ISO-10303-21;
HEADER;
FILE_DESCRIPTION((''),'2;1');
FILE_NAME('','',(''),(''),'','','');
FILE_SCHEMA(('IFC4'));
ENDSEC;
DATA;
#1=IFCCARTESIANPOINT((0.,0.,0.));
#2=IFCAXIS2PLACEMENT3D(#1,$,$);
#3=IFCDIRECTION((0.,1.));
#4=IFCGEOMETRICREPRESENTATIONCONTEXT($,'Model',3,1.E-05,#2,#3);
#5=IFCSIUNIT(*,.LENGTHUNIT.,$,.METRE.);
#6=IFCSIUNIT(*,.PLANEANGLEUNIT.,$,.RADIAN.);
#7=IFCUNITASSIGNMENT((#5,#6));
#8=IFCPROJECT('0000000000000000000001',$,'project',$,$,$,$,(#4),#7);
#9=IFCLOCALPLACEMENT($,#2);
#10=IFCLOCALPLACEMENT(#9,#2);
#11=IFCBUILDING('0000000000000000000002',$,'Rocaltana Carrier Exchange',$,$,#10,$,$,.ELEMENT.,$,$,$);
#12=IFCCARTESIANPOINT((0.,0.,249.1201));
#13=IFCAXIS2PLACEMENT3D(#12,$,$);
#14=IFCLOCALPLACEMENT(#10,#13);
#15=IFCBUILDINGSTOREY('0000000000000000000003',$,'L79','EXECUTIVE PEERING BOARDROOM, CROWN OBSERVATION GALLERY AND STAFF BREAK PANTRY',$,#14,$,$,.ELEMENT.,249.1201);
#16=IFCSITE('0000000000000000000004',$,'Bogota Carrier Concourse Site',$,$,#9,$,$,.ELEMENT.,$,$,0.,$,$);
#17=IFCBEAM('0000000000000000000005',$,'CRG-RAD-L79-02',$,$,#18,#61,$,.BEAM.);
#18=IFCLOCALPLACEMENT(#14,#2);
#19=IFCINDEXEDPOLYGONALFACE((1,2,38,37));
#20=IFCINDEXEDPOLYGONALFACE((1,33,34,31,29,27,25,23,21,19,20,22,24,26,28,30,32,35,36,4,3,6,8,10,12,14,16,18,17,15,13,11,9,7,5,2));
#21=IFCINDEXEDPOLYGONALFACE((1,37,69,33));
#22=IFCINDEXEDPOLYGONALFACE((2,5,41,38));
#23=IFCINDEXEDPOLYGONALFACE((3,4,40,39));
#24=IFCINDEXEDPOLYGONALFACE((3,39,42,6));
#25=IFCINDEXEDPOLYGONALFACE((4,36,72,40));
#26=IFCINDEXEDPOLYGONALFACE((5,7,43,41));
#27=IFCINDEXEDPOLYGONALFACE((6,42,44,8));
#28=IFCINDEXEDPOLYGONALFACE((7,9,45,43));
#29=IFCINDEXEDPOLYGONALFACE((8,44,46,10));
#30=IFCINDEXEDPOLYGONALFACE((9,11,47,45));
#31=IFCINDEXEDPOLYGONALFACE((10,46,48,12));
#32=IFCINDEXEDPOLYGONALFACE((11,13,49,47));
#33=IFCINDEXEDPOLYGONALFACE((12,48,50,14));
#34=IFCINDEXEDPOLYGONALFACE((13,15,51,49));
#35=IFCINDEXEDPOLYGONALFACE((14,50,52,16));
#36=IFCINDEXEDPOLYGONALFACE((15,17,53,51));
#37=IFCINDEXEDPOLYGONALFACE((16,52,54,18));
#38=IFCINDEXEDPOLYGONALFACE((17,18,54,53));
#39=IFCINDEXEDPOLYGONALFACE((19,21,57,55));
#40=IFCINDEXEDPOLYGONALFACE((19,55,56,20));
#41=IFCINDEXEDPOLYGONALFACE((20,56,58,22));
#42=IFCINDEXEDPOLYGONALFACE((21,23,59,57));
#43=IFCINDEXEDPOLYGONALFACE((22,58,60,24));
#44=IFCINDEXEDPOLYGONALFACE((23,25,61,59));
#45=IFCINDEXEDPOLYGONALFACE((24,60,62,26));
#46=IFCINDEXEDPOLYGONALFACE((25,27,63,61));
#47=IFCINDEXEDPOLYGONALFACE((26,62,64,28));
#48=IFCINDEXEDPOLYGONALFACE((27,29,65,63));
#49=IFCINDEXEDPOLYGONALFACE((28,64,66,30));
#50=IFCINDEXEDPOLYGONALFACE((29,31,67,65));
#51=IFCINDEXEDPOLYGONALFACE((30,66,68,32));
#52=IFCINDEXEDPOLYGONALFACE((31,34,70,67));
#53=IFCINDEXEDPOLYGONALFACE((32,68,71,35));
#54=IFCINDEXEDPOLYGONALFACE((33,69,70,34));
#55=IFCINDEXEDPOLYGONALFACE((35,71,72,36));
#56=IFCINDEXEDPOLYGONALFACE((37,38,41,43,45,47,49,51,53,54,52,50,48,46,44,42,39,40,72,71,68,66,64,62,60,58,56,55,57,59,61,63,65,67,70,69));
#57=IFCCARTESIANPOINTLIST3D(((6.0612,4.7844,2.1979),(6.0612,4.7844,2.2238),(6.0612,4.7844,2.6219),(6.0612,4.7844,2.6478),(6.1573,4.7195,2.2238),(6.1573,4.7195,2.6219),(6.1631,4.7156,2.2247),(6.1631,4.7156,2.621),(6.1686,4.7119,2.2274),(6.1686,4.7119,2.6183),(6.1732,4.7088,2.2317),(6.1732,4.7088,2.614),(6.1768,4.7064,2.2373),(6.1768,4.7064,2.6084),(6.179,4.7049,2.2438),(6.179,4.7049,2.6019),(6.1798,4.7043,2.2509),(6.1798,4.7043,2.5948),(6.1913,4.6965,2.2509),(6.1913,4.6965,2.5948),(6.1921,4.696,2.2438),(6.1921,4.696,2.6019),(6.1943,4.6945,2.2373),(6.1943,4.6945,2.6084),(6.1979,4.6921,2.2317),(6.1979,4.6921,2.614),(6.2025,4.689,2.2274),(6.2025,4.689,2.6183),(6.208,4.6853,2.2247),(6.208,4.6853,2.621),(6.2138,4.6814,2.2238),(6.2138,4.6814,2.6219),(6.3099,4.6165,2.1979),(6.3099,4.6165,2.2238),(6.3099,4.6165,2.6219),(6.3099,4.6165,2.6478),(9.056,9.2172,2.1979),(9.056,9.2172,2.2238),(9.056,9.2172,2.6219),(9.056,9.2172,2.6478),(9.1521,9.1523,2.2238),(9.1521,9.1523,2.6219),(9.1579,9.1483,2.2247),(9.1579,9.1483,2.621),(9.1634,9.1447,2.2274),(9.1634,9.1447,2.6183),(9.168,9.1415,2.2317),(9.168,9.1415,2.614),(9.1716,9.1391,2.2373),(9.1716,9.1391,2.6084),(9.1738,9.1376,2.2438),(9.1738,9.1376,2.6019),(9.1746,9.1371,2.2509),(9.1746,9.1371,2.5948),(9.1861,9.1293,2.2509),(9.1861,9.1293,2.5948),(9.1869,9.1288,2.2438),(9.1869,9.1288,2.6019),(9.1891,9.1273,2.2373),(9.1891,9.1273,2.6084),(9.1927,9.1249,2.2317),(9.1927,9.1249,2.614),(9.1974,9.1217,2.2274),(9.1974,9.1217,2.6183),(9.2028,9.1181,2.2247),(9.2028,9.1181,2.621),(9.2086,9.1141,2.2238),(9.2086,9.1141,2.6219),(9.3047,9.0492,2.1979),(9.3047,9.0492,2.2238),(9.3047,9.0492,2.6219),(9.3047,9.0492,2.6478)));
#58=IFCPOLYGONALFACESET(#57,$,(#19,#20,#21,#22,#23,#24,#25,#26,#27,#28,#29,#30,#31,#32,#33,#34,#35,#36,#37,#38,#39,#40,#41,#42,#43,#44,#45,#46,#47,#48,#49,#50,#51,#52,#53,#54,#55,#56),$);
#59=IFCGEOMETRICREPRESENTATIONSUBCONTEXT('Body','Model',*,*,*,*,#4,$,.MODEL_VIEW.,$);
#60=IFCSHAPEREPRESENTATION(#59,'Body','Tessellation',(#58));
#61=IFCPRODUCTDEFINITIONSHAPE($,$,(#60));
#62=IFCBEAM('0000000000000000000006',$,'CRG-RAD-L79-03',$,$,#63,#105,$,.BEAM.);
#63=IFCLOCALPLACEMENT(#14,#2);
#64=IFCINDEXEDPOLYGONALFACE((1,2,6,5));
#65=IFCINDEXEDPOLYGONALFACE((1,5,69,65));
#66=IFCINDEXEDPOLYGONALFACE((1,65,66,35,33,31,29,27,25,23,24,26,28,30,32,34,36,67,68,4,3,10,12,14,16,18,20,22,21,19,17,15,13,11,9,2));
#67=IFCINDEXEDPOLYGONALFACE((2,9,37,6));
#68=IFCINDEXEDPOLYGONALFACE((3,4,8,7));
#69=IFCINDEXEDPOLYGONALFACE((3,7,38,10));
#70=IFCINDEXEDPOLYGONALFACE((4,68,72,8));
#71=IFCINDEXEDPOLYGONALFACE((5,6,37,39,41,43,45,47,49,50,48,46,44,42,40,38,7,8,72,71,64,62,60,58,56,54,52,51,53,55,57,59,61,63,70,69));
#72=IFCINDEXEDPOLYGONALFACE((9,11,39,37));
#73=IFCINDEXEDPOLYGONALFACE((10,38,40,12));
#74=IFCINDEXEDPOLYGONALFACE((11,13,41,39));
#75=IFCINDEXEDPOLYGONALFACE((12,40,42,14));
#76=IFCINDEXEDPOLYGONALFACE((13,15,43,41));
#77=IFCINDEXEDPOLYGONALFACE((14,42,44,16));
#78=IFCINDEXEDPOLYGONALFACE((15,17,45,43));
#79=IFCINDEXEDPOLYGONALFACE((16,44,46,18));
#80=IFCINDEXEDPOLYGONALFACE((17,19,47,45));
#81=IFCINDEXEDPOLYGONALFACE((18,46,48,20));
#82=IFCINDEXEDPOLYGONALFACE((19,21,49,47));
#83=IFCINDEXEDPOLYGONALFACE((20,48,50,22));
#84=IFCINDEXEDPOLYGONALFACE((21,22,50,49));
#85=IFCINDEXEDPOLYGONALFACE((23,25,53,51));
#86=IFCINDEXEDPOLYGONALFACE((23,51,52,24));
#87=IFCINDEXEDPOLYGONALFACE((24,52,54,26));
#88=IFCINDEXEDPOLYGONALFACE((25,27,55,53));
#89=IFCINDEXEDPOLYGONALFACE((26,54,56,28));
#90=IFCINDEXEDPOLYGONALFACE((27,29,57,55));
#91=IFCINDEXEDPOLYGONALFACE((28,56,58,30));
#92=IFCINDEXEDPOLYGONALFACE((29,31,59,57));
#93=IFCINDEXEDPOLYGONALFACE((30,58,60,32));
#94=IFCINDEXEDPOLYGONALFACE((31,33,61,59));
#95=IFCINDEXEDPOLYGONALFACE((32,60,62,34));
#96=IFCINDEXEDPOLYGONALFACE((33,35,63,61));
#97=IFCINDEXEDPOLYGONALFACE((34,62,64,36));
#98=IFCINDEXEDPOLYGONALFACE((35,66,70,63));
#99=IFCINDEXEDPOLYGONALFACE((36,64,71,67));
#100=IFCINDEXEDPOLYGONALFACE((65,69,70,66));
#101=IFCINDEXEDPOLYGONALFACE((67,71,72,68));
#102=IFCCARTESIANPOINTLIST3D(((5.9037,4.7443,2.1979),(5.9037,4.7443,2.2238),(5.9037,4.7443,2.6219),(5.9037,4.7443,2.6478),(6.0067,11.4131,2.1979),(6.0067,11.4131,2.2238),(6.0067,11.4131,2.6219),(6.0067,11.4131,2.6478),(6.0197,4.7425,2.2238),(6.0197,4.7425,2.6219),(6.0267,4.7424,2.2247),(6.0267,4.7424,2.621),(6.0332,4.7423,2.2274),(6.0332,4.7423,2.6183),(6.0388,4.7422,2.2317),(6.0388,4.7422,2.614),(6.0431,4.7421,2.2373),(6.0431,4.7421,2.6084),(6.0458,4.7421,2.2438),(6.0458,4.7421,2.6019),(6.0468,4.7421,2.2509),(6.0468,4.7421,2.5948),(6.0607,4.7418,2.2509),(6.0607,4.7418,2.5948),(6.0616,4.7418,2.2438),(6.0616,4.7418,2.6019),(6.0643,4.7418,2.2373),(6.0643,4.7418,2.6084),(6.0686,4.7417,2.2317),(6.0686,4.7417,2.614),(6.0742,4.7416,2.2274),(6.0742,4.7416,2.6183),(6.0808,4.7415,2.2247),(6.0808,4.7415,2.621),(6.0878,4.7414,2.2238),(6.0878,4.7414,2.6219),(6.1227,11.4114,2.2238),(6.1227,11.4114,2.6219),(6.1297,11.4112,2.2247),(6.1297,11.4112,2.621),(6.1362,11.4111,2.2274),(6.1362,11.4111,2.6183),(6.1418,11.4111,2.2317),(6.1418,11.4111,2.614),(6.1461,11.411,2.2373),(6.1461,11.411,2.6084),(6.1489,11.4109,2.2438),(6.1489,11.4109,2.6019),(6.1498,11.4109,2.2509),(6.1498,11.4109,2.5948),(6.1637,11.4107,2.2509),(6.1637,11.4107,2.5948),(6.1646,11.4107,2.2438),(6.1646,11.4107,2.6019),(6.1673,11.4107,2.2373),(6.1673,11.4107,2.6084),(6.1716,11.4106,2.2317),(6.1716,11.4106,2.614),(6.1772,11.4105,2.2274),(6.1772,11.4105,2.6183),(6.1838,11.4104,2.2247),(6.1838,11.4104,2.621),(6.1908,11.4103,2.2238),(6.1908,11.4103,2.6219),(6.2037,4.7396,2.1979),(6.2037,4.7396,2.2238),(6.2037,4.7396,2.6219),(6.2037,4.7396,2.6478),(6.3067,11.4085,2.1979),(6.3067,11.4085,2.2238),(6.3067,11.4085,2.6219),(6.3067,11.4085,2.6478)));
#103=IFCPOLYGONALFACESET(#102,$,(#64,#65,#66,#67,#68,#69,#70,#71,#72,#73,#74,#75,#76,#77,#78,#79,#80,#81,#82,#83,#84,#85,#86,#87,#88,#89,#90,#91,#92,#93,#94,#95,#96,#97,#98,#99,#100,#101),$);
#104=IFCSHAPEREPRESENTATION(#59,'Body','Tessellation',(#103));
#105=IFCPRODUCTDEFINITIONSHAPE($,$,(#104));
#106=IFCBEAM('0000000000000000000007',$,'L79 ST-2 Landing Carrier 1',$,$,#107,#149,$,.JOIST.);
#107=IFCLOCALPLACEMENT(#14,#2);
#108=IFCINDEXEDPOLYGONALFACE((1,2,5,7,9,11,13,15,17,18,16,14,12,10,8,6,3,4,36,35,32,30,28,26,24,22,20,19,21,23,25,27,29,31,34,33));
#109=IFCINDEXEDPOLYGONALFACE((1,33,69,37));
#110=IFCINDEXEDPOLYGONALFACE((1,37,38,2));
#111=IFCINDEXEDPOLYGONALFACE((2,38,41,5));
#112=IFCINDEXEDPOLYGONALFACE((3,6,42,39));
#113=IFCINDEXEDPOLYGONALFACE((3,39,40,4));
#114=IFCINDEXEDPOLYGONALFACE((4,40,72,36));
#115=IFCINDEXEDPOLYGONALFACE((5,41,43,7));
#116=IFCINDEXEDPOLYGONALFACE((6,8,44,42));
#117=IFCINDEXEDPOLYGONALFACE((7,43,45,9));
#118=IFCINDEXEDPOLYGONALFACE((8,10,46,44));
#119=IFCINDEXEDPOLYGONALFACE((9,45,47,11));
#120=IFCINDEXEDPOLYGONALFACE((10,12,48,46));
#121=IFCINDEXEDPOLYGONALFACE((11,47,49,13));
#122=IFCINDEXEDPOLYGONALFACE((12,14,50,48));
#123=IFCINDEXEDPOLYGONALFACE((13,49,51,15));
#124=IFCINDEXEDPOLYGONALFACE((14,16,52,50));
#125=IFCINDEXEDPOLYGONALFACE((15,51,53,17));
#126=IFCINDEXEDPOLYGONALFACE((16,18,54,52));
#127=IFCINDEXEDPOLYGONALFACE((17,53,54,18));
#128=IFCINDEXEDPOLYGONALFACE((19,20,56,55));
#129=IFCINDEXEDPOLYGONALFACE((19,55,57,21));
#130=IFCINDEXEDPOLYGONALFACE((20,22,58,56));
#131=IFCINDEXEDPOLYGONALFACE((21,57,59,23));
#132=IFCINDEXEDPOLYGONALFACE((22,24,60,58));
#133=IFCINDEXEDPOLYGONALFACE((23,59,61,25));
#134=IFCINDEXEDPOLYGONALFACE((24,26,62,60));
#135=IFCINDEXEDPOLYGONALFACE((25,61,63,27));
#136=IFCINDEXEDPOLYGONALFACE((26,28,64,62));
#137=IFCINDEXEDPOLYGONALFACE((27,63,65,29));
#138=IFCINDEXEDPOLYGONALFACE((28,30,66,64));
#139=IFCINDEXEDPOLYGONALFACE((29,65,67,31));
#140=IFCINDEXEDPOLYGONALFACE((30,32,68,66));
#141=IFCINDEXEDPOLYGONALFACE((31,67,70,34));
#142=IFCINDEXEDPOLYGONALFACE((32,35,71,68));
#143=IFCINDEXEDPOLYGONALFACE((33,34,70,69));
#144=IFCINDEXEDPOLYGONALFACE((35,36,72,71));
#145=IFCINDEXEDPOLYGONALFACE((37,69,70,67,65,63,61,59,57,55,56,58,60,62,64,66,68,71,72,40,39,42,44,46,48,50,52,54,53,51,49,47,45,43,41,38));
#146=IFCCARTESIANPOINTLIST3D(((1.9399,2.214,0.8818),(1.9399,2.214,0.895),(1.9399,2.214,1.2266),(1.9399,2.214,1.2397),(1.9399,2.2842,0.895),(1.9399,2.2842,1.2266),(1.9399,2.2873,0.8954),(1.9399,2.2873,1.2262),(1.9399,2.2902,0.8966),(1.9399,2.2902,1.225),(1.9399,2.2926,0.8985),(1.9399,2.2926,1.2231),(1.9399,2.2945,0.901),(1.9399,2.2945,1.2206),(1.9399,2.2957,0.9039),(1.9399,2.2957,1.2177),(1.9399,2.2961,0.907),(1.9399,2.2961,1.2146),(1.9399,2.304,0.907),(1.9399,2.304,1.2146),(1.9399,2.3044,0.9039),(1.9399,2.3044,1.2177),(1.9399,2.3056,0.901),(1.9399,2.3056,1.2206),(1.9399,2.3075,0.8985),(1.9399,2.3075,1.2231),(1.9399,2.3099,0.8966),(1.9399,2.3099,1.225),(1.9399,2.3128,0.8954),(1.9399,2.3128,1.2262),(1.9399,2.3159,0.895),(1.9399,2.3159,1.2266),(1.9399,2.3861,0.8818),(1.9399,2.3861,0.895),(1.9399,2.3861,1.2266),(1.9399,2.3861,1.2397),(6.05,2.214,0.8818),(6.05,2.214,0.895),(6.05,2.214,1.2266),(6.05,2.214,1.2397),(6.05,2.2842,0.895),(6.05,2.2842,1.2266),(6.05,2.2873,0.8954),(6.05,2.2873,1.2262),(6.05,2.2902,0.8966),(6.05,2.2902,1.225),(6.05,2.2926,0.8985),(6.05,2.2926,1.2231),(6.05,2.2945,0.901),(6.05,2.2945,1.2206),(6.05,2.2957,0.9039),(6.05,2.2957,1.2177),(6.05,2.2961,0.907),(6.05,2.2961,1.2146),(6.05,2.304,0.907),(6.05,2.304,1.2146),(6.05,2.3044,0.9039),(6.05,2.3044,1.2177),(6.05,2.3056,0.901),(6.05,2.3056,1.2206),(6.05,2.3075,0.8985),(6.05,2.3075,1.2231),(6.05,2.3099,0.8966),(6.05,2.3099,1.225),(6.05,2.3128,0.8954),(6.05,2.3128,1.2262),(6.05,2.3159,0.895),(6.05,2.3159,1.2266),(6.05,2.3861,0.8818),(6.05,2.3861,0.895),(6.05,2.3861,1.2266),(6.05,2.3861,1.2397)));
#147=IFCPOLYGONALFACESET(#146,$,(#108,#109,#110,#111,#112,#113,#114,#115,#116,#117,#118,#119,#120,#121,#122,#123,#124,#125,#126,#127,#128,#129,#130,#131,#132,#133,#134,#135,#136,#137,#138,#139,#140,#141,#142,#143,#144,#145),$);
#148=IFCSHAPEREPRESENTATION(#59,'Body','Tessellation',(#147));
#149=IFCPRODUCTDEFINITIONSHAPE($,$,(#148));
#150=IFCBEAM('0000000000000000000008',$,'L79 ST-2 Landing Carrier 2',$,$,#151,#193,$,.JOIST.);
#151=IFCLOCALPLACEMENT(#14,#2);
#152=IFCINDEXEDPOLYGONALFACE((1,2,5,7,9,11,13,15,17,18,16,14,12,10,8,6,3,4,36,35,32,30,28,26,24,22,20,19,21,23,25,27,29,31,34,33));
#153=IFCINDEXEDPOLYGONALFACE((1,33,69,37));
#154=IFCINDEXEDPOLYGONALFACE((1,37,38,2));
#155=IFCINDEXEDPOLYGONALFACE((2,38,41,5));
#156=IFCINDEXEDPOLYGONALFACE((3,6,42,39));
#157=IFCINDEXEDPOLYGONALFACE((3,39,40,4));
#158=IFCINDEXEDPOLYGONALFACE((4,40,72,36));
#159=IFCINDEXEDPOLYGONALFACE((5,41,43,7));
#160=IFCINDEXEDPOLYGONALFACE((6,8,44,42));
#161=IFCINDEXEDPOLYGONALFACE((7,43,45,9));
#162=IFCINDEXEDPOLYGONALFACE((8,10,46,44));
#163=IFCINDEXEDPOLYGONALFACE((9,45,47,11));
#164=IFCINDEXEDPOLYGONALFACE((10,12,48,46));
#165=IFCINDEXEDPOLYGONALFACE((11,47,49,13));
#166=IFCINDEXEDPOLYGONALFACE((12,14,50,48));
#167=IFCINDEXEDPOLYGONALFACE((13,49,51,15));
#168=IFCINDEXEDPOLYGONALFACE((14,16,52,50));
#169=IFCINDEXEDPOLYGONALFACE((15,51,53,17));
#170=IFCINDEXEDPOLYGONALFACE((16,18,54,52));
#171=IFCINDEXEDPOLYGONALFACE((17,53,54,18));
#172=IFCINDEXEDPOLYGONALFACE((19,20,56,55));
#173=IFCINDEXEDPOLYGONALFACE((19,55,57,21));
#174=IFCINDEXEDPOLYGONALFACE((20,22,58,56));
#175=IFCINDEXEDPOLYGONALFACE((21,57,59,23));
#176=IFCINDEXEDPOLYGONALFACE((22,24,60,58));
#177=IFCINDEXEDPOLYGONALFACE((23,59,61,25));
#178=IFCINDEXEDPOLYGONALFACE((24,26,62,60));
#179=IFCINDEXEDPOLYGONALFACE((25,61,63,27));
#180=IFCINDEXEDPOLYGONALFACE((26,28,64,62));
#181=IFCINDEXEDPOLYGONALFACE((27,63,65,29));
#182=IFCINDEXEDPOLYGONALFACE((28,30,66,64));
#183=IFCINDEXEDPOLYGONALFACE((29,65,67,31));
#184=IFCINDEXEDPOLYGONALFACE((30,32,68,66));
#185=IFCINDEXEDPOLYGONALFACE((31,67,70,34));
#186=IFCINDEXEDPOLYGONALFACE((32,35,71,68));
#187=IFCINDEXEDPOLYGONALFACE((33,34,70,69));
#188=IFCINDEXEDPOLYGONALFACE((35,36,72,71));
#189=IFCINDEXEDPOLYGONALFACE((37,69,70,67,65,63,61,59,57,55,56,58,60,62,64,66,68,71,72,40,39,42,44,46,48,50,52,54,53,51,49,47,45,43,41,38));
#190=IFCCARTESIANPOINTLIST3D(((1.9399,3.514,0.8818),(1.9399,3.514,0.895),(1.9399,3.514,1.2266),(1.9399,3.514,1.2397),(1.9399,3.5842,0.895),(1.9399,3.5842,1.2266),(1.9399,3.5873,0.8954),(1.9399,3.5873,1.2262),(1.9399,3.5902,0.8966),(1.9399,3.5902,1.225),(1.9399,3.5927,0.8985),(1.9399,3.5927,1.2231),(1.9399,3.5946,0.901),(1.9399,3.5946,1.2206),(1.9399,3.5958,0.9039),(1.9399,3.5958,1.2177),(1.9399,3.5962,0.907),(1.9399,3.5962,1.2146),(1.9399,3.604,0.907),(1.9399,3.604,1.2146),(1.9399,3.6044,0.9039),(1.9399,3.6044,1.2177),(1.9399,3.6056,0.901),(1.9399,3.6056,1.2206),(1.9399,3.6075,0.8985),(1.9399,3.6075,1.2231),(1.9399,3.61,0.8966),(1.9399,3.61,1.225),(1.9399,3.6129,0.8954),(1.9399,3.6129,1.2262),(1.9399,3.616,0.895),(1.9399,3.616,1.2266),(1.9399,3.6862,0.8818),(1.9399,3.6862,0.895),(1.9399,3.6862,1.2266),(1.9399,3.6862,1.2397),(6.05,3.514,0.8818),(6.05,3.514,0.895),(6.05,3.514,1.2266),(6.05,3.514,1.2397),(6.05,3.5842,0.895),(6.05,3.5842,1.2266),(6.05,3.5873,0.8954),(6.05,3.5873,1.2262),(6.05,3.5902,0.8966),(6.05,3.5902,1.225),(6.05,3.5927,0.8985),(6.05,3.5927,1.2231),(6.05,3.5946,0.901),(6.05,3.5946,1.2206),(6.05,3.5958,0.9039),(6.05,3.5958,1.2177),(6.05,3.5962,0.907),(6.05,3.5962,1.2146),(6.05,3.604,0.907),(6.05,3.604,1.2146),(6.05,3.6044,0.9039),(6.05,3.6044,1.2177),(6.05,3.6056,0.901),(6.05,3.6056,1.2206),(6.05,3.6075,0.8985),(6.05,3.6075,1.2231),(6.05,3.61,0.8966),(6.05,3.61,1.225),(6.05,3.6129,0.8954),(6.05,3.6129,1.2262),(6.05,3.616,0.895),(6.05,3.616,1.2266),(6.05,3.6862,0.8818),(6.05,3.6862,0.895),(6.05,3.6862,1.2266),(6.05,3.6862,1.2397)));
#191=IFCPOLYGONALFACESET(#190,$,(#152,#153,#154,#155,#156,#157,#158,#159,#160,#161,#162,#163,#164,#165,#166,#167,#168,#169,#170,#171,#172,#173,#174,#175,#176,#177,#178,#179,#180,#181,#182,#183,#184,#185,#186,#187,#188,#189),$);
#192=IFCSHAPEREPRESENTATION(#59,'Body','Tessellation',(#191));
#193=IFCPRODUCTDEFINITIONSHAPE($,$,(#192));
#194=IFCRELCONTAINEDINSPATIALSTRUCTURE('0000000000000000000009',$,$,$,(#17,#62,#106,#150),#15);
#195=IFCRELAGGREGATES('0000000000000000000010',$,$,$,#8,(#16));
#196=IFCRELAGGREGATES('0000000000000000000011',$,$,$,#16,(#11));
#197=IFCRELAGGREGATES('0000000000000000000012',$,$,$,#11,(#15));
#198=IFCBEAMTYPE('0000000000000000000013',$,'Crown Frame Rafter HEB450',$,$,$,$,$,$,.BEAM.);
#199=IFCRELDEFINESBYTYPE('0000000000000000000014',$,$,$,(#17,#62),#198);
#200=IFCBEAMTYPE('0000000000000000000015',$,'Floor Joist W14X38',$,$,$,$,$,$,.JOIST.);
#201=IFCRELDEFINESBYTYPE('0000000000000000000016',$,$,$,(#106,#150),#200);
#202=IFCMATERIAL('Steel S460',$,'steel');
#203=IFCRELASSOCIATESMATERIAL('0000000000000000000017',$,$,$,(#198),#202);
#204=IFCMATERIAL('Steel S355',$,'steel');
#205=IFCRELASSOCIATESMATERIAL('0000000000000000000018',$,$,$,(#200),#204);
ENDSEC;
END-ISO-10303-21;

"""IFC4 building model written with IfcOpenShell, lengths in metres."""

from ifc_helpers import new_model, si_unit, direction, frame, origin, origin_2d, place, context, subcontext, project, spatial, i_section, extrude, material, material_profile, profile_set, type_object, element, save


model = new_model("IFC4")

# Units and contexts
model_context = context("Model", 3, precision=1e-05, world=origin(), true_north=direction((0.0, 1.0)))
body_context = subcontext(model_context, "Body", "Model", "MODEL_VIEW")
ifc_project = project(units=[si_unit("LENGTHUNIT", "METRE"), si_unit("PLANEANGLEUNIT", "RADIAN")], contexts=[model_context])

# Site, building, storey
site_placement = place(None, origin())
site = spatial("IfcSite", under=ifc_project, at=site_placement, Name="Bogota Carrier Concourse Site", CompositionType="ELEMENT", RefElevation=0.0)
building_placement = place(site_placement, origin())
building = spatial("IfcBuilding", under=site, at=building_placement, Name="Rocaltana Carrier Exchange", CompositionType="ELEMENT")
storey_placement = place(building_placement, frame((0.0, 0.0, 249.1201)))
storey = spatial("IfcBuildingStorey", under=building, at=storey_placement, Name="L79", Description="EXECUTIVE PEERING BOARDROOM, CROWN OBSERVATION GALLERY AND STAFF BREAK PANTRY", CompositionType="ELEMENT", Elevation=249.1201)

# Beams
ifc_material_1 = material(Name="Steel S460", Category="steel")
ifc_material_profile_1 = material_profile(ifc_material_1, i_section(OverallWidth=0.3, OverallDepth=0.45, WebThickness=0.0139, FlangeThickness=0.0259, FilletRadius=0.0271, at=origin_2d()), Name="HEB450")
ifc_profile_set_1 = profile_set([ifc_material_profile_1], Name="Steel S460")
beam_type_1 = type_object("IfcBeamType", Name="Crown Frame Rafter HEB450", PredefinedType="BEAM", material=ifc_profile_set_1)
beam_1_placement = place(storey_placement, frame((6.1855, 4.7004, 2.4229), z_axis=(0.559818, 0.828615, 0.0), x_axis=(-0.828615, 0.559818, 0.0)))
element("IfcBeam", 1, at=beam_1_placement, inside=storey, type_object=beam_type_1, Name="CRG-RAD-L79-02", PredefinedType="BEAM", context=body_context, shape_type="SweptSolid", body=[
    extrude(i_section(OverallWidth=0.3, OverallDepth=0.45, WebThickness=0.0139, FlangeThickness=0.0259, FilletRadius=0.0271, at=origin_2d()), origin(), (0.0, 0.0, 1.0), 5.3496),
])
beam_2_placement = place(storey_placement, frame((6.0537, 4.7419, 2.4229), z_axis=(0.015447, 0.999881, 0.0), x_axis=(-0.999881, 0.015447, 0.0)))
element("IfcBeam", 2, at=beam_2_placement, inside=storey, type_object=beam_type_1, Name="CRG-RAD-L79-03", PredefinedType="BEAM", context=body_context, shape_type="SweptSolid", body=[
    extrude(i_section(OverallWidth=0.3, OverallDepth=0.45, WebThickness=0.0139, FlangeThickness=0.0259, FilletRadius=0.0271, at=origin_2d()), origin(), (0.0, 0.0, 1.0), 6.6697),
])
ifc_material_2 = material(Name="Steel S355", Category="steel")
ifc_material_profile_2 = material_profile(ifc_material_2, i_section(OverallWidth=0.1721, OverallDepth=0.3579, WebThickness=0.0078, FlangeThickness=0.0132, FilletRadius=0.012, at=origin_2d()), Name="W14X38")
ifc_profile_set_2 = profile_set([ifc_material_profile_2], Name="Steel S355")
beam_type_2 = type_object("IfcBeamType", Name="Floor Joist W14X38", PredefinedType="JOIST", material=ifc_profile_set_2)
for number, where, z_axis, x_axis, name in (
    (3, (1.9399, 2.3, 1.0608), (1.0, 0.0, 0.0), (0.0, 1.0, 0.0), "L79 ST-2 Landing Carrier 1"),
    (4, (1.9399, 3.6001, 1.0608), (1.0, 0.0, 0.0), (0.0, 1.0, 0.0), "L79 ST-2 Landing Carrier 2"),
):
    element("IfcBeam", number, at=place(storey_placement, frame(where, z_axis=z_axis, x_axis=x_axis)), inside=storey, type_object=beam_type_2, Name=name, PredefinedType="JOIST", context=body_context, shape_type="SweptSolid", body=[
        extrude(i_section(OverallWidth=0.1721, OverallDepth=0.3579, WebThickness=0.0078, FlangeThickness=0.0132, FilletRadius=0.012, at=origin_2d()), origin(), (0.0, 0.0, 1.0), 4.1101),
    ])

save(model, "model.ifc")
